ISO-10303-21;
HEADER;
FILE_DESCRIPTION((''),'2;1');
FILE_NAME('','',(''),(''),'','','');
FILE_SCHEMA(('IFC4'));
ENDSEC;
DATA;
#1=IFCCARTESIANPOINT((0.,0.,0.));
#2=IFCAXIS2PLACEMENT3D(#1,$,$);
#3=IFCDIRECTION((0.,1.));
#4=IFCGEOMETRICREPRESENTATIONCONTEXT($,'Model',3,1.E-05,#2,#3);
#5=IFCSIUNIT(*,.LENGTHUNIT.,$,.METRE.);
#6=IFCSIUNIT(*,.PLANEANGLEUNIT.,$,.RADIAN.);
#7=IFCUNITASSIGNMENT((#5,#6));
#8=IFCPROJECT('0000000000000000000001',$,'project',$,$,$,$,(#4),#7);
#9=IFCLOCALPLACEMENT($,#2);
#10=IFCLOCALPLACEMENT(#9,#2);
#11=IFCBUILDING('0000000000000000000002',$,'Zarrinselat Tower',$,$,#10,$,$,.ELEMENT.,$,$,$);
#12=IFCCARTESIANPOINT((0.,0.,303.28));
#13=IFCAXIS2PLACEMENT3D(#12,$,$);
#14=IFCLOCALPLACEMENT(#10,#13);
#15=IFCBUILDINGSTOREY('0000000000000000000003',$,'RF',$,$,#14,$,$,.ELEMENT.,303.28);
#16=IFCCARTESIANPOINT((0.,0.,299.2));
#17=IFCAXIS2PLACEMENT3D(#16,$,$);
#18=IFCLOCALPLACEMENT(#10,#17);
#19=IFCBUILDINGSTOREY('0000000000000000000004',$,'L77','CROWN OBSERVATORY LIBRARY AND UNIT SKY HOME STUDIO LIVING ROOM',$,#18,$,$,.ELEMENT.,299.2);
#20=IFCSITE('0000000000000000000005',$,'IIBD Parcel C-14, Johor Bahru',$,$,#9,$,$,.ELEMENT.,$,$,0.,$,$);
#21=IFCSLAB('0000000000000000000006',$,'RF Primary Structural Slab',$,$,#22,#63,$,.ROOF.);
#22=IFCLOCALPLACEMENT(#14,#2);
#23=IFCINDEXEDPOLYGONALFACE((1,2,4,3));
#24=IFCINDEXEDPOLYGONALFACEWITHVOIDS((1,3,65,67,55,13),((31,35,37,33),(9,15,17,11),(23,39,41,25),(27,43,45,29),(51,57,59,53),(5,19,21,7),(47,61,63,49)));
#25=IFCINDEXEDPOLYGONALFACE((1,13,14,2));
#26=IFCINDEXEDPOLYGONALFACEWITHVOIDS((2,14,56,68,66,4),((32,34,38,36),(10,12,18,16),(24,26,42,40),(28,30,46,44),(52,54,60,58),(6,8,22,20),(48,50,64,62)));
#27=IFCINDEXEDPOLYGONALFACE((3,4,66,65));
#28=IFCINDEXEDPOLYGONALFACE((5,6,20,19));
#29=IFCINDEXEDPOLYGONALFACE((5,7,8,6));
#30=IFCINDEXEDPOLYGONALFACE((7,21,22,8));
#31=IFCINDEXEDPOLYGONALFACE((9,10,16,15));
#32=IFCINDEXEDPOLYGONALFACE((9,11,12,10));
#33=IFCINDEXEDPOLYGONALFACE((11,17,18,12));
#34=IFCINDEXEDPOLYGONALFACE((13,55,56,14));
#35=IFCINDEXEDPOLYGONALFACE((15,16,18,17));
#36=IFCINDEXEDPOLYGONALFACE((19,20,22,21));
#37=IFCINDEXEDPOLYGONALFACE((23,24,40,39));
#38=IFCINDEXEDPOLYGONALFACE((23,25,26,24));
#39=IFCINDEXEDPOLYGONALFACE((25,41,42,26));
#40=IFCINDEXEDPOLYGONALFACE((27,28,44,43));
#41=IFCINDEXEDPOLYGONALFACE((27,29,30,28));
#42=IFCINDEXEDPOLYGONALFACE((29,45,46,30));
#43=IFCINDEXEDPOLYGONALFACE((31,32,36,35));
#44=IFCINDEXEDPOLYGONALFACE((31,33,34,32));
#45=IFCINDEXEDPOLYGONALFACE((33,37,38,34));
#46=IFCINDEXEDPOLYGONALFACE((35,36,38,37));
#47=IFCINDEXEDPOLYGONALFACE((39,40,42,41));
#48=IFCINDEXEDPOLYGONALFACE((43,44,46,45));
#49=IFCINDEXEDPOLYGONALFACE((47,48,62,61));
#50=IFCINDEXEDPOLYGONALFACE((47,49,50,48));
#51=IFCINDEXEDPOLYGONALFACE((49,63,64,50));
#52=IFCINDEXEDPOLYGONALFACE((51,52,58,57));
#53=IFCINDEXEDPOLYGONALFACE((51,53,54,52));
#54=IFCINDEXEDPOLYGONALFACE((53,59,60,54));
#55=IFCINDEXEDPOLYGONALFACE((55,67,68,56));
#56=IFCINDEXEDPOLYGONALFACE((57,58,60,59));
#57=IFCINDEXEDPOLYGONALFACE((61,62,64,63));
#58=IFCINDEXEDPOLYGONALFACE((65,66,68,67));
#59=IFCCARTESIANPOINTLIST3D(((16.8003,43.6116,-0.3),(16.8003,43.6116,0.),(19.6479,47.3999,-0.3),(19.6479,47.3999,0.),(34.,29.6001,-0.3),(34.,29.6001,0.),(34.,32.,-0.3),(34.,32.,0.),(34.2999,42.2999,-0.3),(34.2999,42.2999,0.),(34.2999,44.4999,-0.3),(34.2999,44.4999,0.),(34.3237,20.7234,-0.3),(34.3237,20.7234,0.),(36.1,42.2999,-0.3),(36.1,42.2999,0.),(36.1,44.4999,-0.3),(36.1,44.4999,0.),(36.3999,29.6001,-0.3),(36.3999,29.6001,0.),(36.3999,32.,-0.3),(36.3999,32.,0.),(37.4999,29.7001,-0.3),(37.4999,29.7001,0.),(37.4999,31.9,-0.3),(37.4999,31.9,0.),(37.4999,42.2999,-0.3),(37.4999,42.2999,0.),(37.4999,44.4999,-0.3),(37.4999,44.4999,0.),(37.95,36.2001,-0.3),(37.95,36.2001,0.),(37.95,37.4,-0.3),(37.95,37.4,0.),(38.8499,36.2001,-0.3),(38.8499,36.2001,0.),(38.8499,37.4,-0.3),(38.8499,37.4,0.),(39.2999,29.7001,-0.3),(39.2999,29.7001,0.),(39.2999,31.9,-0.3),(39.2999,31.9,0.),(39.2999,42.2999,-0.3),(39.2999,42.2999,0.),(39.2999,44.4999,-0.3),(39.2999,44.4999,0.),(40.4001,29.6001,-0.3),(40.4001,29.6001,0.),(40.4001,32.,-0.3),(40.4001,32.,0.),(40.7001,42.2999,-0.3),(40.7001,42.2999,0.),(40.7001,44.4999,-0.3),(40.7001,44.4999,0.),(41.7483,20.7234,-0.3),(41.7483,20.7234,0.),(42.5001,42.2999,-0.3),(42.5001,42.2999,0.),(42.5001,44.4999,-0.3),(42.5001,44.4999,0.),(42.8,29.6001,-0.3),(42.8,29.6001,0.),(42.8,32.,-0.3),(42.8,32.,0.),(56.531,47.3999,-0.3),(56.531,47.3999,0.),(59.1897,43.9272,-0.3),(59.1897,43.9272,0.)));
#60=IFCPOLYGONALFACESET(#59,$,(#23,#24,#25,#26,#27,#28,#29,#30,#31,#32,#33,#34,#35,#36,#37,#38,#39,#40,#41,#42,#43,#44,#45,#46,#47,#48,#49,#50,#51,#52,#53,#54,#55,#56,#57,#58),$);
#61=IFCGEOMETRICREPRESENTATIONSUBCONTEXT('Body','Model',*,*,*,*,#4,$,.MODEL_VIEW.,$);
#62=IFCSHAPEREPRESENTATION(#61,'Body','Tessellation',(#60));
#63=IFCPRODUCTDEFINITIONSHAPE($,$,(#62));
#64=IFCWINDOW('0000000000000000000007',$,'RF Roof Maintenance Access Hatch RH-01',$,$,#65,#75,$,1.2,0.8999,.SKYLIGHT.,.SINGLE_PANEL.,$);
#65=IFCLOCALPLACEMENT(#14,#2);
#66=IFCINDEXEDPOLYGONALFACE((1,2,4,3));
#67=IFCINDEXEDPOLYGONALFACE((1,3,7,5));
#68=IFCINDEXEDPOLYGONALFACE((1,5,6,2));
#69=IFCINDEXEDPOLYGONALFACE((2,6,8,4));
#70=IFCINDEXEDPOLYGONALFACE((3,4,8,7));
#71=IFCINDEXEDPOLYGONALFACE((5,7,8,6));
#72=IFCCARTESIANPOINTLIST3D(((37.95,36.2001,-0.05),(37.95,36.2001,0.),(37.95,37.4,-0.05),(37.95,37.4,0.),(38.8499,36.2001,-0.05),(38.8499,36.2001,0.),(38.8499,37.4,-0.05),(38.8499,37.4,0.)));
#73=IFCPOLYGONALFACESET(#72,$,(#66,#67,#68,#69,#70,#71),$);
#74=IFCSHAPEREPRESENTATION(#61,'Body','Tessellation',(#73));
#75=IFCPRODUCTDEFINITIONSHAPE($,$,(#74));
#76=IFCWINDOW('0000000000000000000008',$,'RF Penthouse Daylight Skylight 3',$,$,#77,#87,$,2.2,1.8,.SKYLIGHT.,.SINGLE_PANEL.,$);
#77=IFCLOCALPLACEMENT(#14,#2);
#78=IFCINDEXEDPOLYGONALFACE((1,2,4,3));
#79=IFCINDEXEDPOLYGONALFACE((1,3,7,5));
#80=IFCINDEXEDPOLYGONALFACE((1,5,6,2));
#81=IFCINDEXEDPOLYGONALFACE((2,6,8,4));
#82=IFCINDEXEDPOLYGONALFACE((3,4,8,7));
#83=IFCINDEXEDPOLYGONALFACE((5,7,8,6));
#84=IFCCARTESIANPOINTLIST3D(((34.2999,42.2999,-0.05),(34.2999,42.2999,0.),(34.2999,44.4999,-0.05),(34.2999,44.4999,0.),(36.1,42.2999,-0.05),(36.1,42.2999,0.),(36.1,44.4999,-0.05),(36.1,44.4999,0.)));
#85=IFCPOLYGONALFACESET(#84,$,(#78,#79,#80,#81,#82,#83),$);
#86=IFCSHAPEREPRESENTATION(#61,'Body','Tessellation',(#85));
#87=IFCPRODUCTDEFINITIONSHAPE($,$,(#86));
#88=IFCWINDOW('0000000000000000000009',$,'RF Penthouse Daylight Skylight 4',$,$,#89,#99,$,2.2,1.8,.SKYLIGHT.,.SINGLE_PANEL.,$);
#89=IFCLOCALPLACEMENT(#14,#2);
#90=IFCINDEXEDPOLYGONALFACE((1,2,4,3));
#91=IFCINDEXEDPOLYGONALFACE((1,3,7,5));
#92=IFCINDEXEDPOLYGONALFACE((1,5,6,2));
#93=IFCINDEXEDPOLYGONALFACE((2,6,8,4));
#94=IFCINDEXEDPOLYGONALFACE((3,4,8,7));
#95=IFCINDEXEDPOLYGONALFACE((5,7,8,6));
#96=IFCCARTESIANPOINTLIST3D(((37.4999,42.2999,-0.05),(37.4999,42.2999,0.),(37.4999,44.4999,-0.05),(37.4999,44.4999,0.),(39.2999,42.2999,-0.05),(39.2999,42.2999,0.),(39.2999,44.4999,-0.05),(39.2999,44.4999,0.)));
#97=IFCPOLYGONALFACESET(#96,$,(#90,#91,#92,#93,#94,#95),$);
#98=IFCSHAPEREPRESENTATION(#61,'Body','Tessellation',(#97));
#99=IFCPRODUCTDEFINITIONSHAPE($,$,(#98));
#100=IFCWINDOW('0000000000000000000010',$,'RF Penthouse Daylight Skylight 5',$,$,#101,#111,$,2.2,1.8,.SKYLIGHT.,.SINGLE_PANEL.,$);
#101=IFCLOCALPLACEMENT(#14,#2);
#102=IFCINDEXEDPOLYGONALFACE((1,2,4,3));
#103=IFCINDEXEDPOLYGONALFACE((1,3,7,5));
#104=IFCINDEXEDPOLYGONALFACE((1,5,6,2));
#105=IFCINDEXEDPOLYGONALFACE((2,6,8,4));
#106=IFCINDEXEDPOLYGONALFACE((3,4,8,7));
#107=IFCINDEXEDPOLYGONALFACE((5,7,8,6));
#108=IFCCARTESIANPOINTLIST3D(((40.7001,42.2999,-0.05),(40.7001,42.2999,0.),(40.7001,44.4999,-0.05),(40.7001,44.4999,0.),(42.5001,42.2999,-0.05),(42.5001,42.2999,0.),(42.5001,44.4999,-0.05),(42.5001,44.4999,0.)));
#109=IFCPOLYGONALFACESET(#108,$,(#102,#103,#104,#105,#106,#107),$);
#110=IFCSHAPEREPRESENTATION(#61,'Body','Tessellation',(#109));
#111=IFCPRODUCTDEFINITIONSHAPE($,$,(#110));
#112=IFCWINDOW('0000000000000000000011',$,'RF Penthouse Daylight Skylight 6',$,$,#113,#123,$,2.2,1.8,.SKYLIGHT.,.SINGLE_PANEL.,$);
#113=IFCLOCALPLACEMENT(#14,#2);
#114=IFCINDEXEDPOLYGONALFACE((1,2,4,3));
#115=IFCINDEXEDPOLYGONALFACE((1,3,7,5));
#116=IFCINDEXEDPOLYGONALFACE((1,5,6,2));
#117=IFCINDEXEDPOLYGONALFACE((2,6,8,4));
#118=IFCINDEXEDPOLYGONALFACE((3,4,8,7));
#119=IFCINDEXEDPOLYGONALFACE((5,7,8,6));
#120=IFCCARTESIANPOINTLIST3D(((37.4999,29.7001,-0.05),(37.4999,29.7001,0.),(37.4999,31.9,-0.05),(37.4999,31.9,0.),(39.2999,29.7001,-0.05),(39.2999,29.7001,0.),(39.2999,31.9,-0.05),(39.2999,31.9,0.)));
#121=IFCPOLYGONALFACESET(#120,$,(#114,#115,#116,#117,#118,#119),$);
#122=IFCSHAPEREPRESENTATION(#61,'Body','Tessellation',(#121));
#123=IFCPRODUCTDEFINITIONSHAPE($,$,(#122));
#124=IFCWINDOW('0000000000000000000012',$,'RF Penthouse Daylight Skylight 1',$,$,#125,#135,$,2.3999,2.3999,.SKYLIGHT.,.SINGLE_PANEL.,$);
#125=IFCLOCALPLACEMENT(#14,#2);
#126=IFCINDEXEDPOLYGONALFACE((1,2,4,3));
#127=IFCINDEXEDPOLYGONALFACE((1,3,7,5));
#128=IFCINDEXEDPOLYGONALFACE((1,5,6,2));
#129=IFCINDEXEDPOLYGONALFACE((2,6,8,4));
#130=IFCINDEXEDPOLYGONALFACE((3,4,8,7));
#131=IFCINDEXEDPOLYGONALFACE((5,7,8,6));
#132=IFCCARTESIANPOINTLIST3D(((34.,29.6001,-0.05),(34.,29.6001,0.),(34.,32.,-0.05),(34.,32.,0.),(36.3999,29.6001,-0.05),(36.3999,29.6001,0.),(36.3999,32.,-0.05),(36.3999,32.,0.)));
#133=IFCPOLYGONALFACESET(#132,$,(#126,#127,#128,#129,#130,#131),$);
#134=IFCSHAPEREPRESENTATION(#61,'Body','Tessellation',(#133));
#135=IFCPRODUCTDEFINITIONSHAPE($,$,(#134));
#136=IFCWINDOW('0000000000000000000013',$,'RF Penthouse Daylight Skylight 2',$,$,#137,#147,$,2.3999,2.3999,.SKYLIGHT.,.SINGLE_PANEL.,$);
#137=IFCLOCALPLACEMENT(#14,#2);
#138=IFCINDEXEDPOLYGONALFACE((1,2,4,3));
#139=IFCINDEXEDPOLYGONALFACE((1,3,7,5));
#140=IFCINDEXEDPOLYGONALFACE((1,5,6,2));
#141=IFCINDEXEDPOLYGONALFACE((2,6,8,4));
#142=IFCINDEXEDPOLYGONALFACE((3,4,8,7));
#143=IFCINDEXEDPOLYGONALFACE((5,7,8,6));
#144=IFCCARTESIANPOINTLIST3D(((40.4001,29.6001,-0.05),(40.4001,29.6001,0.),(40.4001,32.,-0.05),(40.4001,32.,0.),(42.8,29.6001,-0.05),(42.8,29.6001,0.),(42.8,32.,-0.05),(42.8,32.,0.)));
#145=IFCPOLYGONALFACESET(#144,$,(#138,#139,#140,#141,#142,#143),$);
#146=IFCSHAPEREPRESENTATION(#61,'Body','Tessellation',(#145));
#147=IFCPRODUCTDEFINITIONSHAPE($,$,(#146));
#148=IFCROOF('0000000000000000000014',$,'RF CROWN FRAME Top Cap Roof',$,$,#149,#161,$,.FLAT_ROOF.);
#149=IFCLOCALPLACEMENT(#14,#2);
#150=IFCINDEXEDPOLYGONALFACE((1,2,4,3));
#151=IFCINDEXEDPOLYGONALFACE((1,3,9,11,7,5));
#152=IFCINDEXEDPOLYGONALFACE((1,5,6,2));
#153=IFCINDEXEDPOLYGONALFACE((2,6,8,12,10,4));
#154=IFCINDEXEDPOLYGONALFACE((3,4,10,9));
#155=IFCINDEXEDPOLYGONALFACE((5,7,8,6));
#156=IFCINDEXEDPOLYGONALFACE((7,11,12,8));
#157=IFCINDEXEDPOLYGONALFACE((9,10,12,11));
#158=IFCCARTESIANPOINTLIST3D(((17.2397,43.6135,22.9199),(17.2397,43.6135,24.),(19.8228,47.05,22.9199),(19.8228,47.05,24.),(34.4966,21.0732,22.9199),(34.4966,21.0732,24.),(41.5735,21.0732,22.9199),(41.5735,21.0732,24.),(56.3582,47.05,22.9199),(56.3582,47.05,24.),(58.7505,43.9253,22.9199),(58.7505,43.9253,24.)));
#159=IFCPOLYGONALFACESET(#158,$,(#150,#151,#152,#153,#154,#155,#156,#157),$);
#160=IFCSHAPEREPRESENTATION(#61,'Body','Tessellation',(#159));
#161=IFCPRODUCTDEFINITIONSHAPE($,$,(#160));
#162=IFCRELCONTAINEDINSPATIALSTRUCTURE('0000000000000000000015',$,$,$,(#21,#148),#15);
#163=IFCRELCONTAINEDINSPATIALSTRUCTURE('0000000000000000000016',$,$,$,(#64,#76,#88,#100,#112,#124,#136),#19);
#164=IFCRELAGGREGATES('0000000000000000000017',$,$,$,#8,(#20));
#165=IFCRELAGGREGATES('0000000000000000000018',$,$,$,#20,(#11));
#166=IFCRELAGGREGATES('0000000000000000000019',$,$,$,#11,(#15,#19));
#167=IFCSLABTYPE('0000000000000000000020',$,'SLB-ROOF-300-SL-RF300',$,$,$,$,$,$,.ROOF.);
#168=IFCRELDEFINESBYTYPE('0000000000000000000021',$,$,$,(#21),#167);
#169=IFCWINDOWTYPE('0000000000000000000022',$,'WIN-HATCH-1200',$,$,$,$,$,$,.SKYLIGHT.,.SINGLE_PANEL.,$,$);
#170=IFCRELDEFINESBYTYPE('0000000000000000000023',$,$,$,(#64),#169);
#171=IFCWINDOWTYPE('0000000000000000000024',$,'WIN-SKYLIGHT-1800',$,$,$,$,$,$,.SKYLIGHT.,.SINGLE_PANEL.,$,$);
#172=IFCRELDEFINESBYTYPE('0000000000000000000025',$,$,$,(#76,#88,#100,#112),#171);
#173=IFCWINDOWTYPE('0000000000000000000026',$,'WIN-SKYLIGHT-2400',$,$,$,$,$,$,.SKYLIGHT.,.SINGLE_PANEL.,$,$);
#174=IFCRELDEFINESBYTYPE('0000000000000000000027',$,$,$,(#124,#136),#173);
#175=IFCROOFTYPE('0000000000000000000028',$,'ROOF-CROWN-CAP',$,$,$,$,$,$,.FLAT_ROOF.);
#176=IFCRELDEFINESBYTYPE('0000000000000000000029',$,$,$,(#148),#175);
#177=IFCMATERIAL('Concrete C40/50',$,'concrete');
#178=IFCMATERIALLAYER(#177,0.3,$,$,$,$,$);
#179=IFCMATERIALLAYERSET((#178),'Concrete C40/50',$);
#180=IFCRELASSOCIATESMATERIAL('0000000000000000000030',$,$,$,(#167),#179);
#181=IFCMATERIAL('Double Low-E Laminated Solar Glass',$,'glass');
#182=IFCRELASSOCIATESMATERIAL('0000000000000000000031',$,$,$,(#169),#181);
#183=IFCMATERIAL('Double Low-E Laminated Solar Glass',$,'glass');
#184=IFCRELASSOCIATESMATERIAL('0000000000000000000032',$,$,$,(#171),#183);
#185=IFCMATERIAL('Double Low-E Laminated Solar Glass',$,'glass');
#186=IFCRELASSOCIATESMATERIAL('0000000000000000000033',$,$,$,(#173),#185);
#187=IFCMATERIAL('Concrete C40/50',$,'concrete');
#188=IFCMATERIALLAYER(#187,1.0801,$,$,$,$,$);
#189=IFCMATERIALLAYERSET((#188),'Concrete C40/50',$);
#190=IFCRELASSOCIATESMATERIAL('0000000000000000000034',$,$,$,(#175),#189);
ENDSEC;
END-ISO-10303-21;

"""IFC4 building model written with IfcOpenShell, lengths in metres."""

from ifc_helpers import new_model, si_unit, direction, frame, origin, origin_2d, place, context, subcontext, project, spatial, polyline, rectangle, outline, extrude, material, layer, layer_set, type_object, element, fill, save


model = new_model("IFC4")

# Units and contexts
model_context = context("Model", 3, precision=1e-05, world=origin(), true_north=direction((0.0, 1.0)))
body_context = subcontext(model_context, "Body", "Model", "MODEL_VIEW")
ifc_project = project(units=[si_unit("LENGTHUNIT", "METRE"), si_unit("PLANEANGLEUNIT", "RADIAN")], contexts=[model_context])

# Site, building, storey
site_placement = place(None, origin())
site = spatial("IfcSite", under=ifc_project, at=site_placement, Name="IIBD Parcel C-14, Johor Bahru", CompositionType="ELEMENT", RefElevation=0.0)
building_placement = place(site_placement, origin())
building = spatial("IfcBuilding", under=site, at=building_placement, Name="Zarrinselat Tower", CompositionType="ELEMENT")
storey_1_placement = place(building_placement, frame((0.0, 0.0, 303.28)))
storey_1 = spatial("IfcBuildingStorey", under=building, at=storey_1_placement, Name="RF", CompositionType="ELEMENT", Elevation=303.28)

# Slab, openings
ifc_material_1 = material(Name="Concrete C40/50", Category="concrete")
ifc_layer_1 = layer(ifc_material_1, 0.3)
ifc_layer_set_1 = layer_set([ifc_layer_1], Name="Concrete C40/50")
slab_type = type_object("IfcSlabType", Name="SLB-ROOF-300-SL-RF300", PredefinedType="ROOF", material=ifc_layer_set_1)
slab_placement = place(storey_1_placement, frame((0.0, 0.0, -0.3)))
slab = element("IfcSlab", 1, at=slab_placement, inside=storey_1, type_object=slab_type, Name="RF Primary Structural Slab", PredefinedType="ROOF", context=body_context, shape_type="SweptSolid", body=[
    extrude(outline(polyline([(56.531, 47.3999), (19.6479, 47.3999), (16.8003, 43.6116), (34.3237, 20.7234), (41.7483, 20.7234), (59.1897, 43.9272), (56.531, 47.3999)])), origin(), (0.0, 0.0, 1.0), 0.3),
])
opening_1_placement = place(slab_placement, frame((35.2, 30.8, 0.0)))
opening_1 = element("IfcOpeningElement", 2, at=opening_1_placement, cuts=slab, PredefinedType="OPENING", context=body_context, shape_type="SweptSolid", body=[
    extrude(rectangle(XDim=2.3999, YDim=2.3999, at=origin_2d()), origin(), (0.0, 0.0, 1.0), 0.3),
])
opening_2_placement = place(slab_placement, frame((41.6001, 30.8, 0.0)))
opening_2 = element("IfcOpeningElement", 3, at=opening_2_placement, cuts=slab, PredefinedType="OPENING", context=body_context, shape_type="SweptSolid", body=[
    extrude(rectangle(XDim=2.3999, YDim=2.3999, at=origin_2d()), origin(), (0.0, 0.0, 1.0), 0.3),
])
opening_3_placement = place(slab_placement, frame((35.2, 43.3999, 0.0)))
opening_3 = element("IfcOpeningElement", 4, at=opening_3_placement, cuts=slab, PredefinedType="OPENING", context=body_context, shape_type="SweptSolid", body=[
    extrude(rectangle(XDim=1.8, YDim=2.2, at=origin_2d()), origin(), (0.0, 0.0, 1.0), 0.3),
])
opening_4_placement = place(slab_placement, frame((38.3999, 43.3999, 0.0)))
opening_4 = element("IfcOpeningElement", 5, at=opening_4_placement, cuts=slab, PredefinedType="OPENING", context=body_context, shape_type="SweptSolid", body=[
    extrude(rectangle(XDim=1.8, YDim=2.2, at=origin_2d()), origin(), (0.0, 0.0, 1.0), 0.3),
])
opening_5_placement = place(slab_placement, frame((41.6001, 43.3999, 0.0)))
opening_5 = element("IfcOpeningElement", 6, at=opening_5_placement, cuts=slab, PredefinedType="OPENING", context=body_context, shape_type="SweptSolid", body=[
    extrude(rectangle(XDim=1.8, YDim=2.2, at=origin_2d()), origin(), (0.0, 0.0, 1.0), 0.3),
])
opening_6_placement = place(slab_placement, frame((38.3999, 30.8, 0.0)))
opening_6 = element("IfcOpeningElement", 7, at=opening_6_placement, cuts=slab, PredefinedType="OPENING", context=body_context, shape_type="SweptSolid", body=[
    extrude(rectangle(XDim=1.8, YDim=2.2, at=origin_2d()), origin(), (0.0, 0.0, 1.0), 0.3),
])
opening_7_placement = place(slab_placement, frame((38.3999, 36.8, 0.0)))
opening_7 = element("IfcOpeningElement", 8, at=opening_7_placement, cuts=slab, PredefinedType="OPENING", context=body_context, shape_type="SweptSolid", body=[
    extrude(rectangle(XDim=0.8999, YDim=1.2, at=origin_2d()), origin(), (0.0, 0.0, 1.0), 0.3),
])

# Shared definitions
storey_2_placement = place(building_placement, frame((0.0, 0.0, 299.2)))
storey_2 = spatial("IfcBuildingStorey", under=building, at=storey_2_placement, Name="L77", Description="CROWN OBSERVATORY LIBRARY AND UNIT SKY HOME STUDIO LIVING ROOM", CompositionType="ELEMENT", Elevation=299.2)

# Windows
ifc_material_2 = material(Name="Double Low-E Laminated Solar Glass", Category="glass")
window_type_1 = type_object("IfcWindowType", Name="WIN-HATCH-1200", PartitioningType="SINGLE_PANEL", PredefinedType="SKYLIGHT", material=ifc_material_2)
window_1_placement = place(opening_7_placement, frame((0.0, 0.0, 0.25)))
window_1 = element("IfcWindow", 9, at=window_1_placement, inside=storey_2, type_object=window_type_1, Name="RF Roof Maintenance Access Hatch RH-01", OverallHeight=1.2, OverallWidth=0.8999, PartitioningType="SINGLE_PANEL", PredefinedType="SKYLIGHT", context=body_context, shape_type="SweptSolid", body=[
    extrude(rectangle(XDim=0.8999, YDim=1.2, at=origin_2d()), origin(), (0.0, 0.0, 1.0), 0.05),
])
fill(opening_7, window_1)
ifc_material_3 = material(Name="Double Low-E Laminated Solar Glass", Category="glass")
window_type_2 = type_object("IfcWindowType", Name="WIN-SKYLIGHT-1800", PartitioningType="SINGLE_PANEL", PredefinedType="SKYLIGHT", material=ifc_material_3)
window_2_placement = place(opening_3_placement, frame((0.0, 0.0, 0.25)))
window_2 = element("IfcWindow", 10, at=window_2_placement, inside=storey_2, type_object=window_type_2, Name="RF Penthouse Daylight Skylight 3", OverallHeight=2.2, OverallWidth=1.8, PartitioningType="SINGLE_PANEL", PredefinedType="SKYLIGHT", context=body_context, shape_type="SweptSolid", body=[
    extrude(rectangle(XDim=1.8, YDim=2.2, at=origin_2d()), origin(), (0.0, 0.0, 1.0), 0.05),
])
fill(opening_3, window_2)
window_3_placement = place(opening_4_placement, frame((0.0, 0.0, 0.25)))
window_3 = element("IfcWindow", 11, at=window_3_placement, inside=storey_2, type_object=window_type_2, Name="RF Penthouse Daylight Skylight 4", OverallHeight=2.2, OverallWidth=1.8, PartitioningType="SINGLE_PANEL", PredefinedType="SKYLIGHT", context=body_context, shape_type="SweptSolid", body=[
    extrude(rectangle(XDim=1.8, YDim=2.2, at=origin_2d()), origin(), (0.0, 0.0, 1.0), 0.05),
])
fill(opening_4, window_3)
window_4_placement = place(opening_5_placement, frame((0.0, 0.0, 0.25)))
window_4 = element("IfcWindow", 12, at=window_4_placement, inside=storey_2, type_object=window_type_2, Name="RF Penthouse Daylight Skylight 5", OverallHeight=2.2, OverallWidth=1.8, PartitioningType="SINGLE_PANEL", PredefinedType="SKYLIGHT", context=body_context, shape_type="SweptSolid", body=[
    extrude(rectangle(XDim=1.8, YDim=2.2, at=origin_2d()), origin(), (0.0, 0.0, 1.0), 0.05),
])
fill(opening_5, window_4)
window_5_placement = place(opening_6_placement, frame((0.0, 0.0, 0.25)))
window_5 = element("IfcWindow", 13, at=window_5_placement, inside=storey_2, type_object=window_type_2, Name="RF Penthouse Daylight Skylight 6", OverallHeight=2.2, OverallWidth=1.8, PartitioningType="SINGLE_PANEL", PredefinedType="SKYLIGHT", context=body_context, shape_type="SweptSolid", body=[
    extrude(rectangle(XDim=1.8, YDim=2.2, at=origin_2d()), origin(), (0.0, 0.0, 1.0), 0.05),
])
fill(opening_6, window_5)
ifc_material_4 = material(Name="Double Low-E Laminated Solar Glass", Category="glass")
window_type_3 = type_object("IfcWindowType", Name="WIN-SKYLIGHT-2400", PartitioningType="SINGLE_PANEL", PredefinedType="SKYLIGHT", material=ifc_material_4)
window_6_placement = place(opening_1_placement, frame((0.0, 0.0, 0.25)))
window_6 = element("IfcWindow", 14, at=window_6_placement, inside=storey_2, type_object=window_type_3, Name="RF Penthouse Daylight Skylight 1", OverallHeight=2.3999, OverallWidth=2.3999, PartitioningType="SINGLE_PANEL", PredefinedType="SKYLIGHT", context=body_context, shape_type="SweptSolid", body=[
    extrude(rectangle(XDim=2.3999, YDim=2.3999, at=origin_2d()), origin(), (0.0, 0.0, 1.0), 0.05),
])
fill(opening_1, window_6)
window_7_placement = place(opening_2_placement, frame((0.0, 0.0, 0.25)))
window_7 = element("IfcWindow", 15, at=window_7_placement, inside=storey_2, type_object=window_type_3, Name="RF Penthouse Daylight Skylight 2", OverallHeight=2.3999, OverallWidth=2.3999, PartitioningType="SINGLE_PANEL", PredefinedType="SKYLIGHT", context=body_context, shape_type="SweptSolid", body=[
    extrude(rectangle(XDim=2.3999, YDim=2.3999, at=origin_2d()), origin(), (0.0, 0.0, 1.0), 0.05),
])
fill(opening_2, window_7)

# Roof
ifc_material_5 = material(Name="Concrete C40/50", Category="concrete")
ifc_layer_2 = layer(ifc_material_5, 1.0801)
ifc_layer_set_2 = layer_set([ifc_layer_2], Name="Concrete C40/50")
roof_type = type_object("IfcRoofType", Name="ROOF-CROWN-CAP", PredefinedType="FLAT_ROOF", material=ifc_layer_set_2)
roof_placement = place(storey_1_placement, frame((0.0, 0.0, 22.9199)))
element("IfcRoof", 16, at=roof_placement, inside=storey_1, type_object=roof_type, Name="RF CROWN FRAME Top Cap Roof", PredefinedType="FLAT_ROOF", context=body_context, shape_type="SweptSolid", body=[
    extrude(outline(polyline([(56.3582, 47.05), (58.7505, 43.9253), (41.5735, 21.0732), (34.4966, 21.0732), (17.2397, 43.6135), (19.8228, 47.05), (56.3582, 47.05)])), origin(), (0.0, 0.0, 1.0), 1.0801),
])

save(model, "model.ifc")
